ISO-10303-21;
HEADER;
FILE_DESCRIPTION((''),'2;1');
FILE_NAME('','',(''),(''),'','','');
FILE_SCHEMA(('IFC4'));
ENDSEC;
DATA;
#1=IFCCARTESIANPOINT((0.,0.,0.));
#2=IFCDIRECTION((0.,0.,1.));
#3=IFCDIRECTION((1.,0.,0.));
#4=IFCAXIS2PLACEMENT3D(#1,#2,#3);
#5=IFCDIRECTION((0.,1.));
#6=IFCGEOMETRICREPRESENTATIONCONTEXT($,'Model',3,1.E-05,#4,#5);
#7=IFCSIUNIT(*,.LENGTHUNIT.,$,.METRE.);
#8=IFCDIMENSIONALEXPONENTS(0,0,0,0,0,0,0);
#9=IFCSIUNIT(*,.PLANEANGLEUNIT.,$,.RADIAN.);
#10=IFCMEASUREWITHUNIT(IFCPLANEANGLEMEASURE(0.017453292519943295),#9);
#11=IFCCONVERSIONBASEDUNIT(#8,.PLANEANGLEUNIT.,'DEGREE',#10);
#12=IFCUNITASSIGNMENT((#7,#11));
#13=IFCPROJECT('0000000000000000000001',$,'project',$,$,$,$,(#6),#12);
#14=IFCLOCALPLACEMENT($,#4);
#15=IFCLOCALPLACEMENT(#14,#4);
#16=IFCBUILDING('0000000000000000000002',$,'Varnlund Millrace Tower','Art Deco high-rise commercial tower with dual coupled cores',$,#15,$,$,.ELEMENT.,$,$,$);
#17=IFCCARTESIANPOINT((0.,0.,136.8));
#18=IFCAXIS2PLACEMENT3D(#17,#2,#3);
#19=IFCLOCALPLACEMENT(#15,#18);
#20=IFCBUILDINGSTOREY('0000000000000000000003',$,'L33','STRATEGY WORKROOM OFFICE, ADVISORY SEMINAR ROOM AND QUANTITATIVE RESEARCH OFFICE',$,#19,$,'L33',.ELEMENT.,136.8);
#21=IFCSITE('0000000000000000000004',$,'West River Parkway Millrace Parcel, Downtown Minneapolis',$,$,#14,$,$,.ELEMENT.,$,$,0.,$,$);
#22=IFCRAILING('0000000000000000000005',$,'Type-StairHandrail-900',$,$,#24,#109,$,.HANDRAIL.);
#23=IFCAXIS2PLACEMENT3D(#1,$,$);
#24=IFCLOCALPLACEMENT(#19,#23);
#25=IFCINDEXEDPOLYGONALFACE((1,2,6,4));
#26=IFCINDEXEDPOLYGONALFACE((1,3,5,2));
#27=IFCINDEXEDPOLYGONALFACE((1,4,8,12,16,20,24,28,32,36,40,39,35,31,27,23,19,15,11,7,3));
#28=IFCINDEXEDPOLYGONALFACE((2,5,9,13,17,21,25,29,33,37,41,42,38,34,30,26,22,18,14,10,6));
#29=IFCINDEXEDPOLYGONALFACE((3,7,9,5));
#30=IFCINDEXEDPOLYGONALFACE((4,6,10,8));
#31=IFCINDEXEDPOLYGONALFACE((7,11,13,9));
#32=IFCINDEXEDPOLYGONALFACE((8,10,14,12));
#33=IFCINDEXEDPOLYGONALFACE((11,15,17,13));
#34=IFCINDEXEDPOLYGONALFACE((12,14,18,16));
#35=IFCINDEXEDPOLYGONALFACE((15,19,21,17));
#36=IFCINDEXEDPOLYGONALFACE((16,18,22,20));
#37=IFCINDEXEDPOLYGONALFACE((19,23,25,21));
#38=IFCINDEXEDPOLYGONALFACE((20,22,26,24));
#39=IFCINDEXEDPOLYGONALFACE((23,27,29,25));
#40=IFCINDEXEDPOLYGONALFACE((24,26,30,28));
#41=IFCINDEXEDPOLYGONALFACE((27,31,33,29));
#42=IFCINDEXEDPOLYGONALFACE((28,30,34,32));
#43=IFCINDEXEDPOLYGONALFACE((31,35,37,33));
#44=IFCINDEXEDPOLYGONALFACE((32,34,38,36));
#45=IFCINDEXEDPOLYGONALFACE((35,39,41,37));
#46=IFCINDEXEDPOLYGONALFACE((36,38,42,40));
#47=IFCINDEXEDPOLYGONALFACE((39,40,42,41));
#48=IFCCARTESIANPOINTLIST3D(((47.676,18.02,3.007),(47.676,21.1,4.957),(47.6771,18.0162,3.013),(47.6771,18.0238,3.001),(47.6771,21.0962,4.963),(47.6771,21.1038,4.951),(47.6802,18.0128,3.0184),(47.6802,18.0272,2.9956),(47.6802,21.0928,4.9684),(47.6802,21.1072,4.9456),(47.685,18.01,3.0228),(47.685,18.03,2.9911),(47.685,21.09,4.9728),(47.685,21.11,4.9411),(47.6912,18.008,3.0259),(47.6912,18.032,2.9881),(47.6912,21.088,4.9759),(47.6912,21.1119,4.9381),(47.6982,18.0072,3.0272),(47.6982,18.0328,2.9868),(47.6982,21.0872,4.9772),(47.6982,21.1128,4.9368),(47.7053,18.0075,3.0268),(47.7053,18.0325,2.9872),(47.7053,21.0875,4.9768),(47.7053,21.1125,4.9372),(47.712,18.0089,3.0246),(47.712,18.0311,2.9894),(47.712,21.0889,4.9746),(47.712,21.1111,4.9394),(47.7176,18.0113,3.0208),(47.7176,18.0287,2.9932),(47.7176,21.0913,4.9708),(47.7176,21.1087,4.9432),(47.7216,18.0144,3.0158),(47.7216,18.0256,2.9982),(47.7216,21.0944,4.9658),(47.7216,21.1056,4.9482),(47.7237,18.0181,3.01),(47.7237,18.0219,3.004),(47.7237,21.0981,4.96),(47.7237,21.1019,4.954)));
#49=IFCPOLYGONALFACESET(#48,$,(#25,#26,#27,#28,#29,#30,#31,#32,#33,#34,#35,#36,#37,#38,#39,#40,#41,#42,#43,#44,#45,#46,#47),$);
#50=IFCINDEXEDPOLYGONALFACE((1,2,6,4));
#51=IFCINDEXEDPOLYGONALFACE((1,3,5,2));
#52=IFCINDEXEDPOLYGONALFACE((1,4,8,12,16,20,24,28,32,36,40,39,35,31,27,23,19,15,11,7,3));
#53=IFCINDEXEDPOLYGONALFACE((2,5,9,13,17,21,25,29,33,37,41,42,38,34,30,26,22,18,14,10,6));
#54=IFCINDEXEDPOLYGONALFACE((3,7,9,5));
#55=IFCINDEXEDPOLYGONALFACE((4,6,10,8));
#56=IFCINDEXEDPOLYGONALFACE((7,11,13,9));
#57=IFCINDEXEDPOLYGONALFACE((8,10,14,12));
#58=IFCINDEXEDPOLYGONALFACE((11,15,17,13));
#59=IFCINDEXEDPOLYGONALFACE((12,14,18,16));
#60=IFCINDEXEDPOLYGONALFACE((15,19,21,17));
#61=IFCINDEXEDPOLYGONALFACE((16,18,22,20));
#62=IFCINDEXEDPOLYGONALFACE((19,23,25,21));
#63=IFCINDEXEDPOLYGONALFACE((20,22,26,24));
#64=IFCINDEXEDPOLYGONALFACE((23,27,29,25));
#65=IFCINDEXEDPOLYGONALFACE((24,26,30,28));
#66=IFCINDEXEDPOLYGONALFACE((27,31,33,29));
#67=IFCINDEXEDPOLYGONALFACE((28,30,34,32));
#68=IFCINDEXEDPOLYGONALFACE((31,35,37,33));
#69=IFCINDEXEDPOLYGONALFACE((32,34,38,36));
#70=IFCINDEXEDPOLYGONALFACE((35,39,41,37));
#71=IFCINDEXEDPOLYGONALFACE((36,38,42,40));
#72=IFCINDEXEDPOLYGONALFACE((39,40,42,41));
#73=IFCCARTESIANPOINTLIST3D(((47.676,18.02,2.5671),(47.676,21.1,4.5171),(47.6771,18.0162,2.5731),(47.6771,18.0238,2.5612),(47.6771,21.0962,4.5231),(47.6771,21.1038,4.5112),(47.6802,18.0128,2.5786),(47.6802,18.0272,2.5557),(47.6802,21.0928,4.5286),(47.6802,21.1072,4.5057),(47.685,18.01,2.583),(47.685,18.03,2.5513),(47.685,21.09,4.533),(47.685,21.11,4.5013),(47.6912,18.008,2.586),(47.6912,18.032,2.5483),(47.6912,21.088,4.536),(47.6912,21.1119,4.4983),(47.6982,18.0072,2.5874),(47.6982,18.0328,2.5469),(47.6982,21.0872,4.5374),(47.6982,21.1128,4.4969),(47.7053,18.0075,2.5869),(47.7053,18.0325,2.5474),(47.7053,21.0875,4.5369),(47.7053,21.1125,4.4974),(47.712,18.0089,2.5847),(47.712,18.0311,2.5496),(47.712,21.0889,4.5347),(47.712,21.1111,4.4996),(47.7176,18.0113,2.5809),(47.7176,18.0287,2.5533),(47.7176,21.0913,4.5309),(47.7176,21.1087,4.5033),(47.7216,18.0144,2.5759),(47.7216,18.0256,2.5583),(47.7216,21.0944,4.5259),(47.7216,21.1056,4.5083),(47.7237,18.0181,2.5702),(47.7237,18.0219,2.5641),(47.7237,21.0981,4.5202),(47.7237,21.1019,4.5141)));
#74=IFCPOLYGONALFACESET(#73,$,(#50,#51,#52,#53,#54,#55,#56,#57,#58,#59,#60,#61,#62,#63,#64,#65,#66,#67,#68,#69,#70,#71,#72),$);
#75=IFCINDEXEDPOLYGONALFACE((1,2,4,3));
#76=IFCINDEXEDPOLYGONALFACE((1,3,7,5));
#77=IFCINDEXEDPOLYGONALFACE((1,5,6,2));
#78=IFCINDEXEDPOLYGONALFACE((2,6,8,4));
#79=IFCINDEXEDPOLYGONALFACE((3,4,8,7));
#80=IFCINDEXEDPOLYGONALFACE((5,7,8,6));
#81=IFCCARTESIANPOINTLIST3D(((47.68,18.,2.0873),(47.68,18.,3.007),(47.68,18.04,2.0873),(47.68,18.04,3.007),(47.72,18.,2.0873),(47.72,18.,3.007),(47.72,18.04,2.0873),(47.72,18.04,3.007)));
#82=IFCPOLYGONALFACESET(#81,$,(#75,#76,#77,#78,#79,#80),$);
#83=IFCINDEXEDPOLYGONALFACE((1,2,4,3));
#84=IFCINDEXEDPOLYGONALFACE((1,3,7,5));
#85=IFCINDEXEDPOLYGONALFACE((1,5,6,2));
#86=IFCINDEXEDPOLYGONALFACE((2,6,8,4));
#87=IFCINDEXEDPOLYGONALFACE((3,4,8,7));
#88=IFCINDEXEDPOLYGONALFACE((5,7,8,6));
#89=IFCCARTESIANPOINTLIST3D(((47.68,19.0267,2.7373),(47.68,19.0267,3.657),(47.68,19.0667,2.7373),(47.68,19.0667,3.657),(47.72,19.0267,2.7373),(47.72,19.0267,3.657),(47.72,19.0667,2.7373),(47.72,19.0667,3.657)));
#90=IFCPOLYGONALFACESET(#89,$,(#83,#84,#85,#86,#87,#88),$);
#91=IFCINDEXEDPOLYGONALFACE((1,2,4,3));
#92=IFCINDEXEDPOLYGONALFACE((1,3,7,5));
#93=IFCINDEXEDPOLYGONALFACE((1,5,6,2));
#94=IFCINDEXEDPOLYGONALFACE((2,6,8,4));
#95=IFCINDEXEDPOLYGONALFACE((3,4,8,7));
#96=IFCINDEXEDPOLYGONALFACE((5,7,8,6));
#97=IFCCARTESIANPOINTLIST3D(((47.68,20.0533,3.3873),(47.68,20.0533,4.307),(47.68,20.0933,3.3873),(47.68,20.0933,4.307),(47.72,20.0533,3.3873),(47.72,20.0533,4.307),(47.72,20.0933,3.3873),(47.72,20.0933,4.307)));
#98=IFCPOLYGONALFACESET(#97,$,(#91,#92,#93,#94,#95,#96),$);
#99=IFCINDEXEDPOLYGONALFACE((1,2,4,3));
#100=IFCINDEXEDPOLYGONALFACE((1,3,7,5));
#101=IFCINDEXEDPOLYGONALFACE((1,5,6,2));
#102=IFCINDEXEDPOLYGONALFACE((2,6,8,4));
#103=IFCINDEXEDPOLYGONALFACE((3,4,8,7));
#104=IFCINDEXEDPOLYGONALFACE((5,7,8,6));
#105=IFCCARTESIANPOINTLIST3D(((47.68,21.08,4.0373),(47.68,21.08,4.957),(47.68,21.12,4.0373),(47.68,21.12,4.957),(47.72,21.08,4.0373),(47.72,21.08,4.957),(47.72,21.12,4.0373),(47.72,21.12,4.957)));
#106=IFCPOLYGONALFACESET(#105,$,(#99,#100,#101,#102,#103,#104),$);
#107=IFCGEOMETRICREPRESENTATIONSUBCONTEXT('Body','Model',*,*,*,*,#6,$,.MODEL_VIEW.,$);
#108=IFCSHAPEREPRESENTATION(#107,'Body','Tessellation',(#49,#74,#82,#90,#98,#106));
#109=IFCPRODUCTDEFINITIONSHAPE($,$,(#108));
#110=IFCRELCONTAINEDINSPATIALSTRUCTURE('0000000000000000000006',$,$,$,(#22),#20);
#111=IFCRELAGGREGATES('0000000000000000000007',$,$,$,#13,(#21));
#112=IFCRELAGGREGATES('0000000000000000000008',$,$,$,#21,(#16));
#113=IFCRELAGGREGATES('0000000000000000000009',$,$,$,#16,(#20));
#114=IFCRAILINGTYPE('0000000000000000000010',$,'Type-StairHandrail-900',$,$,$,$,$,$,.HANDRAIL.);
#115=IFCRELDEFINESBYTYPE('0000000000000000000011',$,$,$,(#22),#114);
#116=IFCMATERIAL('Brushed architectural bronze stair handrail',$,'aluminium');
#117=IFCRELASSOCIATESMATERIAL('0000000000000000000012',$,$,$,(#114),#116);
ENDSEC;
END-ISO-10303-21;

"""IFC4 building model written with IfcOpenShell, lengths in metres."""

from ifc_helpers import new_model, entity, si_unit, converted_unit, direction, frame, origin_with_axes, origin_2d_with_axis, place, context, subcontext, project, spatial, rectangle, circle, extrude, material, type_object, element, save


model = new_model("IFC4")

# Units and contexts
model_context = context("Model", 3, precision=1e-05, world=origin_with_axes(), true_north=direction((0.0, 1.0)))
body_context = subcontext(model_context, "Body", "Model", "MODEL_VIEW")
ifc_project = project(units=[si_unit("LENGTHUNIT", "METRE"), converted_unit("PLANEANGLEUNIT", "DEGREE", entity("IfcPlaneAngleMeasure", 0.017453292519943295), si_unit("PLANEANGLEUNIT", "RADIAN"), dimensions=[0, 0, 0, 0, 0, 0, 0])], contexts=[model_context])

# Site, building, storey
site_placement = place(None, origin_with_axes())
site = spatial("IfcSite", under=ifc_project, at=site_placement, Name="West River Parkway Millrace Parcel, Downtown Minneapolis", CompositionType="ELEMENT", RefElevation=0.0)
building_placement = place(site_placement, origin_with_axes())
building = spatial("IfcBuilding", under=site, at=building_placement, Name="Varnlund Millrace Tower", Description="Art Deco high-rise commercial tower with dual coupled cores", CompositionType="ELEMENT")
storey_placement = place(building_placement, frame((0.0, 0.0, 136.8), z_axis=(0.0, 0.0, 1.0), x_axis=(1.0, 0.0, 0.0)))
storey = spatial("IfcBuildingStorey", under=building, at=storey_placement, Name="L33", Description="STRATEGY WORKROOM OFFICE, ADVISORY SEMINAR ROOM AND QUANTITATIVE RESEARCH OFFICE", LongName="L33", CompositionType="ELEMENT", Elevation=136.8)

# Railing
ifc_material_1 = material(Name="Brushed architectural bronze stair handrail", Category="aluminium")
railing_type_1 = type_object("IfcRailingType", Name="Type-StairHandrail-900", PredefinedType="HANDRAIL", material=ifc_material_1)
railing_1_placement = place(storey_placement, frame((0.0, 0.0, -136.8), z_axis=(0.0, 0.0, 1.0), x_axis=(1.0, 0.0, 0.0)))
element("IfcRailing", 1, at=railing_1_placement, inside=storey, type_object=railing_type_1, Name="Type-StairHandrail-900", PredefinedType="HANDRAIL", context=body_context, shape_type="SweptSolid", body=[
    extrude(circle(Radius=0.024, at=origin_2d_with_axis()), frame((47.7, 18.02, 139.807), z_axis=(0.0, 0.844902, 0.534922), x_axis=(-1.0, 0.0, 0.0)), (0.0, 0.0, 1.0), 3.6454),
    extrude(circle(Radius=0.024, at=origin_2d_with_axis()), frame((47.7, 18.02, 139.3671), z_axis=(0.0, 0.844902, 0.534922), x_axis=(-1.0, 0.0, 0.0)), (0.0, 0.0, 1.0), 3.6454),
    extrude(rectangle(XDim=0.04, YDim=0.04, at=origin_2d_with_axis()), frame((47.7, 18.02, 138.8873), z_axis=(0.0, 0.0, 1.0), x_axis=(1.0, 0.0, 0.0)), (0.0, 0.0, 1.0), 0.9197),
    extrude(rectangle(XDim=0.04, YDim=0.04, at=origin_2d_with_axis()), frame((47.7, 19.0467, 139.5373), z_axis=(0.0, 0.0, 1.0), x_axis=(1.0, 0.0, 0.0)), (0.0, 0.0, 1.0), 0.9197),
    extrude(rectangle(XDim=0.04, YDim=0.04, at=origin_2d_with_axis()), frame((47.7, 20.0733, 140.1873), z_axis=(0.0, 0.0, 1.0), x_axis=(1.0, 0.0, 0.0)), (0.0, 0.0, 1.0), 0.9197),
    extrude(rectangle(XDim=0.04, YDim=0.04, at=origin_2d_with_axis()), frame((47.7, 21.1, 140.8373), z_axis=(0.0, 0.0, 1.0), x_axis=(1.0, 0.0, 0.0)), (0.0, 0.0, 1.0), 0.9197),
])

save(model, "model.ifc")
